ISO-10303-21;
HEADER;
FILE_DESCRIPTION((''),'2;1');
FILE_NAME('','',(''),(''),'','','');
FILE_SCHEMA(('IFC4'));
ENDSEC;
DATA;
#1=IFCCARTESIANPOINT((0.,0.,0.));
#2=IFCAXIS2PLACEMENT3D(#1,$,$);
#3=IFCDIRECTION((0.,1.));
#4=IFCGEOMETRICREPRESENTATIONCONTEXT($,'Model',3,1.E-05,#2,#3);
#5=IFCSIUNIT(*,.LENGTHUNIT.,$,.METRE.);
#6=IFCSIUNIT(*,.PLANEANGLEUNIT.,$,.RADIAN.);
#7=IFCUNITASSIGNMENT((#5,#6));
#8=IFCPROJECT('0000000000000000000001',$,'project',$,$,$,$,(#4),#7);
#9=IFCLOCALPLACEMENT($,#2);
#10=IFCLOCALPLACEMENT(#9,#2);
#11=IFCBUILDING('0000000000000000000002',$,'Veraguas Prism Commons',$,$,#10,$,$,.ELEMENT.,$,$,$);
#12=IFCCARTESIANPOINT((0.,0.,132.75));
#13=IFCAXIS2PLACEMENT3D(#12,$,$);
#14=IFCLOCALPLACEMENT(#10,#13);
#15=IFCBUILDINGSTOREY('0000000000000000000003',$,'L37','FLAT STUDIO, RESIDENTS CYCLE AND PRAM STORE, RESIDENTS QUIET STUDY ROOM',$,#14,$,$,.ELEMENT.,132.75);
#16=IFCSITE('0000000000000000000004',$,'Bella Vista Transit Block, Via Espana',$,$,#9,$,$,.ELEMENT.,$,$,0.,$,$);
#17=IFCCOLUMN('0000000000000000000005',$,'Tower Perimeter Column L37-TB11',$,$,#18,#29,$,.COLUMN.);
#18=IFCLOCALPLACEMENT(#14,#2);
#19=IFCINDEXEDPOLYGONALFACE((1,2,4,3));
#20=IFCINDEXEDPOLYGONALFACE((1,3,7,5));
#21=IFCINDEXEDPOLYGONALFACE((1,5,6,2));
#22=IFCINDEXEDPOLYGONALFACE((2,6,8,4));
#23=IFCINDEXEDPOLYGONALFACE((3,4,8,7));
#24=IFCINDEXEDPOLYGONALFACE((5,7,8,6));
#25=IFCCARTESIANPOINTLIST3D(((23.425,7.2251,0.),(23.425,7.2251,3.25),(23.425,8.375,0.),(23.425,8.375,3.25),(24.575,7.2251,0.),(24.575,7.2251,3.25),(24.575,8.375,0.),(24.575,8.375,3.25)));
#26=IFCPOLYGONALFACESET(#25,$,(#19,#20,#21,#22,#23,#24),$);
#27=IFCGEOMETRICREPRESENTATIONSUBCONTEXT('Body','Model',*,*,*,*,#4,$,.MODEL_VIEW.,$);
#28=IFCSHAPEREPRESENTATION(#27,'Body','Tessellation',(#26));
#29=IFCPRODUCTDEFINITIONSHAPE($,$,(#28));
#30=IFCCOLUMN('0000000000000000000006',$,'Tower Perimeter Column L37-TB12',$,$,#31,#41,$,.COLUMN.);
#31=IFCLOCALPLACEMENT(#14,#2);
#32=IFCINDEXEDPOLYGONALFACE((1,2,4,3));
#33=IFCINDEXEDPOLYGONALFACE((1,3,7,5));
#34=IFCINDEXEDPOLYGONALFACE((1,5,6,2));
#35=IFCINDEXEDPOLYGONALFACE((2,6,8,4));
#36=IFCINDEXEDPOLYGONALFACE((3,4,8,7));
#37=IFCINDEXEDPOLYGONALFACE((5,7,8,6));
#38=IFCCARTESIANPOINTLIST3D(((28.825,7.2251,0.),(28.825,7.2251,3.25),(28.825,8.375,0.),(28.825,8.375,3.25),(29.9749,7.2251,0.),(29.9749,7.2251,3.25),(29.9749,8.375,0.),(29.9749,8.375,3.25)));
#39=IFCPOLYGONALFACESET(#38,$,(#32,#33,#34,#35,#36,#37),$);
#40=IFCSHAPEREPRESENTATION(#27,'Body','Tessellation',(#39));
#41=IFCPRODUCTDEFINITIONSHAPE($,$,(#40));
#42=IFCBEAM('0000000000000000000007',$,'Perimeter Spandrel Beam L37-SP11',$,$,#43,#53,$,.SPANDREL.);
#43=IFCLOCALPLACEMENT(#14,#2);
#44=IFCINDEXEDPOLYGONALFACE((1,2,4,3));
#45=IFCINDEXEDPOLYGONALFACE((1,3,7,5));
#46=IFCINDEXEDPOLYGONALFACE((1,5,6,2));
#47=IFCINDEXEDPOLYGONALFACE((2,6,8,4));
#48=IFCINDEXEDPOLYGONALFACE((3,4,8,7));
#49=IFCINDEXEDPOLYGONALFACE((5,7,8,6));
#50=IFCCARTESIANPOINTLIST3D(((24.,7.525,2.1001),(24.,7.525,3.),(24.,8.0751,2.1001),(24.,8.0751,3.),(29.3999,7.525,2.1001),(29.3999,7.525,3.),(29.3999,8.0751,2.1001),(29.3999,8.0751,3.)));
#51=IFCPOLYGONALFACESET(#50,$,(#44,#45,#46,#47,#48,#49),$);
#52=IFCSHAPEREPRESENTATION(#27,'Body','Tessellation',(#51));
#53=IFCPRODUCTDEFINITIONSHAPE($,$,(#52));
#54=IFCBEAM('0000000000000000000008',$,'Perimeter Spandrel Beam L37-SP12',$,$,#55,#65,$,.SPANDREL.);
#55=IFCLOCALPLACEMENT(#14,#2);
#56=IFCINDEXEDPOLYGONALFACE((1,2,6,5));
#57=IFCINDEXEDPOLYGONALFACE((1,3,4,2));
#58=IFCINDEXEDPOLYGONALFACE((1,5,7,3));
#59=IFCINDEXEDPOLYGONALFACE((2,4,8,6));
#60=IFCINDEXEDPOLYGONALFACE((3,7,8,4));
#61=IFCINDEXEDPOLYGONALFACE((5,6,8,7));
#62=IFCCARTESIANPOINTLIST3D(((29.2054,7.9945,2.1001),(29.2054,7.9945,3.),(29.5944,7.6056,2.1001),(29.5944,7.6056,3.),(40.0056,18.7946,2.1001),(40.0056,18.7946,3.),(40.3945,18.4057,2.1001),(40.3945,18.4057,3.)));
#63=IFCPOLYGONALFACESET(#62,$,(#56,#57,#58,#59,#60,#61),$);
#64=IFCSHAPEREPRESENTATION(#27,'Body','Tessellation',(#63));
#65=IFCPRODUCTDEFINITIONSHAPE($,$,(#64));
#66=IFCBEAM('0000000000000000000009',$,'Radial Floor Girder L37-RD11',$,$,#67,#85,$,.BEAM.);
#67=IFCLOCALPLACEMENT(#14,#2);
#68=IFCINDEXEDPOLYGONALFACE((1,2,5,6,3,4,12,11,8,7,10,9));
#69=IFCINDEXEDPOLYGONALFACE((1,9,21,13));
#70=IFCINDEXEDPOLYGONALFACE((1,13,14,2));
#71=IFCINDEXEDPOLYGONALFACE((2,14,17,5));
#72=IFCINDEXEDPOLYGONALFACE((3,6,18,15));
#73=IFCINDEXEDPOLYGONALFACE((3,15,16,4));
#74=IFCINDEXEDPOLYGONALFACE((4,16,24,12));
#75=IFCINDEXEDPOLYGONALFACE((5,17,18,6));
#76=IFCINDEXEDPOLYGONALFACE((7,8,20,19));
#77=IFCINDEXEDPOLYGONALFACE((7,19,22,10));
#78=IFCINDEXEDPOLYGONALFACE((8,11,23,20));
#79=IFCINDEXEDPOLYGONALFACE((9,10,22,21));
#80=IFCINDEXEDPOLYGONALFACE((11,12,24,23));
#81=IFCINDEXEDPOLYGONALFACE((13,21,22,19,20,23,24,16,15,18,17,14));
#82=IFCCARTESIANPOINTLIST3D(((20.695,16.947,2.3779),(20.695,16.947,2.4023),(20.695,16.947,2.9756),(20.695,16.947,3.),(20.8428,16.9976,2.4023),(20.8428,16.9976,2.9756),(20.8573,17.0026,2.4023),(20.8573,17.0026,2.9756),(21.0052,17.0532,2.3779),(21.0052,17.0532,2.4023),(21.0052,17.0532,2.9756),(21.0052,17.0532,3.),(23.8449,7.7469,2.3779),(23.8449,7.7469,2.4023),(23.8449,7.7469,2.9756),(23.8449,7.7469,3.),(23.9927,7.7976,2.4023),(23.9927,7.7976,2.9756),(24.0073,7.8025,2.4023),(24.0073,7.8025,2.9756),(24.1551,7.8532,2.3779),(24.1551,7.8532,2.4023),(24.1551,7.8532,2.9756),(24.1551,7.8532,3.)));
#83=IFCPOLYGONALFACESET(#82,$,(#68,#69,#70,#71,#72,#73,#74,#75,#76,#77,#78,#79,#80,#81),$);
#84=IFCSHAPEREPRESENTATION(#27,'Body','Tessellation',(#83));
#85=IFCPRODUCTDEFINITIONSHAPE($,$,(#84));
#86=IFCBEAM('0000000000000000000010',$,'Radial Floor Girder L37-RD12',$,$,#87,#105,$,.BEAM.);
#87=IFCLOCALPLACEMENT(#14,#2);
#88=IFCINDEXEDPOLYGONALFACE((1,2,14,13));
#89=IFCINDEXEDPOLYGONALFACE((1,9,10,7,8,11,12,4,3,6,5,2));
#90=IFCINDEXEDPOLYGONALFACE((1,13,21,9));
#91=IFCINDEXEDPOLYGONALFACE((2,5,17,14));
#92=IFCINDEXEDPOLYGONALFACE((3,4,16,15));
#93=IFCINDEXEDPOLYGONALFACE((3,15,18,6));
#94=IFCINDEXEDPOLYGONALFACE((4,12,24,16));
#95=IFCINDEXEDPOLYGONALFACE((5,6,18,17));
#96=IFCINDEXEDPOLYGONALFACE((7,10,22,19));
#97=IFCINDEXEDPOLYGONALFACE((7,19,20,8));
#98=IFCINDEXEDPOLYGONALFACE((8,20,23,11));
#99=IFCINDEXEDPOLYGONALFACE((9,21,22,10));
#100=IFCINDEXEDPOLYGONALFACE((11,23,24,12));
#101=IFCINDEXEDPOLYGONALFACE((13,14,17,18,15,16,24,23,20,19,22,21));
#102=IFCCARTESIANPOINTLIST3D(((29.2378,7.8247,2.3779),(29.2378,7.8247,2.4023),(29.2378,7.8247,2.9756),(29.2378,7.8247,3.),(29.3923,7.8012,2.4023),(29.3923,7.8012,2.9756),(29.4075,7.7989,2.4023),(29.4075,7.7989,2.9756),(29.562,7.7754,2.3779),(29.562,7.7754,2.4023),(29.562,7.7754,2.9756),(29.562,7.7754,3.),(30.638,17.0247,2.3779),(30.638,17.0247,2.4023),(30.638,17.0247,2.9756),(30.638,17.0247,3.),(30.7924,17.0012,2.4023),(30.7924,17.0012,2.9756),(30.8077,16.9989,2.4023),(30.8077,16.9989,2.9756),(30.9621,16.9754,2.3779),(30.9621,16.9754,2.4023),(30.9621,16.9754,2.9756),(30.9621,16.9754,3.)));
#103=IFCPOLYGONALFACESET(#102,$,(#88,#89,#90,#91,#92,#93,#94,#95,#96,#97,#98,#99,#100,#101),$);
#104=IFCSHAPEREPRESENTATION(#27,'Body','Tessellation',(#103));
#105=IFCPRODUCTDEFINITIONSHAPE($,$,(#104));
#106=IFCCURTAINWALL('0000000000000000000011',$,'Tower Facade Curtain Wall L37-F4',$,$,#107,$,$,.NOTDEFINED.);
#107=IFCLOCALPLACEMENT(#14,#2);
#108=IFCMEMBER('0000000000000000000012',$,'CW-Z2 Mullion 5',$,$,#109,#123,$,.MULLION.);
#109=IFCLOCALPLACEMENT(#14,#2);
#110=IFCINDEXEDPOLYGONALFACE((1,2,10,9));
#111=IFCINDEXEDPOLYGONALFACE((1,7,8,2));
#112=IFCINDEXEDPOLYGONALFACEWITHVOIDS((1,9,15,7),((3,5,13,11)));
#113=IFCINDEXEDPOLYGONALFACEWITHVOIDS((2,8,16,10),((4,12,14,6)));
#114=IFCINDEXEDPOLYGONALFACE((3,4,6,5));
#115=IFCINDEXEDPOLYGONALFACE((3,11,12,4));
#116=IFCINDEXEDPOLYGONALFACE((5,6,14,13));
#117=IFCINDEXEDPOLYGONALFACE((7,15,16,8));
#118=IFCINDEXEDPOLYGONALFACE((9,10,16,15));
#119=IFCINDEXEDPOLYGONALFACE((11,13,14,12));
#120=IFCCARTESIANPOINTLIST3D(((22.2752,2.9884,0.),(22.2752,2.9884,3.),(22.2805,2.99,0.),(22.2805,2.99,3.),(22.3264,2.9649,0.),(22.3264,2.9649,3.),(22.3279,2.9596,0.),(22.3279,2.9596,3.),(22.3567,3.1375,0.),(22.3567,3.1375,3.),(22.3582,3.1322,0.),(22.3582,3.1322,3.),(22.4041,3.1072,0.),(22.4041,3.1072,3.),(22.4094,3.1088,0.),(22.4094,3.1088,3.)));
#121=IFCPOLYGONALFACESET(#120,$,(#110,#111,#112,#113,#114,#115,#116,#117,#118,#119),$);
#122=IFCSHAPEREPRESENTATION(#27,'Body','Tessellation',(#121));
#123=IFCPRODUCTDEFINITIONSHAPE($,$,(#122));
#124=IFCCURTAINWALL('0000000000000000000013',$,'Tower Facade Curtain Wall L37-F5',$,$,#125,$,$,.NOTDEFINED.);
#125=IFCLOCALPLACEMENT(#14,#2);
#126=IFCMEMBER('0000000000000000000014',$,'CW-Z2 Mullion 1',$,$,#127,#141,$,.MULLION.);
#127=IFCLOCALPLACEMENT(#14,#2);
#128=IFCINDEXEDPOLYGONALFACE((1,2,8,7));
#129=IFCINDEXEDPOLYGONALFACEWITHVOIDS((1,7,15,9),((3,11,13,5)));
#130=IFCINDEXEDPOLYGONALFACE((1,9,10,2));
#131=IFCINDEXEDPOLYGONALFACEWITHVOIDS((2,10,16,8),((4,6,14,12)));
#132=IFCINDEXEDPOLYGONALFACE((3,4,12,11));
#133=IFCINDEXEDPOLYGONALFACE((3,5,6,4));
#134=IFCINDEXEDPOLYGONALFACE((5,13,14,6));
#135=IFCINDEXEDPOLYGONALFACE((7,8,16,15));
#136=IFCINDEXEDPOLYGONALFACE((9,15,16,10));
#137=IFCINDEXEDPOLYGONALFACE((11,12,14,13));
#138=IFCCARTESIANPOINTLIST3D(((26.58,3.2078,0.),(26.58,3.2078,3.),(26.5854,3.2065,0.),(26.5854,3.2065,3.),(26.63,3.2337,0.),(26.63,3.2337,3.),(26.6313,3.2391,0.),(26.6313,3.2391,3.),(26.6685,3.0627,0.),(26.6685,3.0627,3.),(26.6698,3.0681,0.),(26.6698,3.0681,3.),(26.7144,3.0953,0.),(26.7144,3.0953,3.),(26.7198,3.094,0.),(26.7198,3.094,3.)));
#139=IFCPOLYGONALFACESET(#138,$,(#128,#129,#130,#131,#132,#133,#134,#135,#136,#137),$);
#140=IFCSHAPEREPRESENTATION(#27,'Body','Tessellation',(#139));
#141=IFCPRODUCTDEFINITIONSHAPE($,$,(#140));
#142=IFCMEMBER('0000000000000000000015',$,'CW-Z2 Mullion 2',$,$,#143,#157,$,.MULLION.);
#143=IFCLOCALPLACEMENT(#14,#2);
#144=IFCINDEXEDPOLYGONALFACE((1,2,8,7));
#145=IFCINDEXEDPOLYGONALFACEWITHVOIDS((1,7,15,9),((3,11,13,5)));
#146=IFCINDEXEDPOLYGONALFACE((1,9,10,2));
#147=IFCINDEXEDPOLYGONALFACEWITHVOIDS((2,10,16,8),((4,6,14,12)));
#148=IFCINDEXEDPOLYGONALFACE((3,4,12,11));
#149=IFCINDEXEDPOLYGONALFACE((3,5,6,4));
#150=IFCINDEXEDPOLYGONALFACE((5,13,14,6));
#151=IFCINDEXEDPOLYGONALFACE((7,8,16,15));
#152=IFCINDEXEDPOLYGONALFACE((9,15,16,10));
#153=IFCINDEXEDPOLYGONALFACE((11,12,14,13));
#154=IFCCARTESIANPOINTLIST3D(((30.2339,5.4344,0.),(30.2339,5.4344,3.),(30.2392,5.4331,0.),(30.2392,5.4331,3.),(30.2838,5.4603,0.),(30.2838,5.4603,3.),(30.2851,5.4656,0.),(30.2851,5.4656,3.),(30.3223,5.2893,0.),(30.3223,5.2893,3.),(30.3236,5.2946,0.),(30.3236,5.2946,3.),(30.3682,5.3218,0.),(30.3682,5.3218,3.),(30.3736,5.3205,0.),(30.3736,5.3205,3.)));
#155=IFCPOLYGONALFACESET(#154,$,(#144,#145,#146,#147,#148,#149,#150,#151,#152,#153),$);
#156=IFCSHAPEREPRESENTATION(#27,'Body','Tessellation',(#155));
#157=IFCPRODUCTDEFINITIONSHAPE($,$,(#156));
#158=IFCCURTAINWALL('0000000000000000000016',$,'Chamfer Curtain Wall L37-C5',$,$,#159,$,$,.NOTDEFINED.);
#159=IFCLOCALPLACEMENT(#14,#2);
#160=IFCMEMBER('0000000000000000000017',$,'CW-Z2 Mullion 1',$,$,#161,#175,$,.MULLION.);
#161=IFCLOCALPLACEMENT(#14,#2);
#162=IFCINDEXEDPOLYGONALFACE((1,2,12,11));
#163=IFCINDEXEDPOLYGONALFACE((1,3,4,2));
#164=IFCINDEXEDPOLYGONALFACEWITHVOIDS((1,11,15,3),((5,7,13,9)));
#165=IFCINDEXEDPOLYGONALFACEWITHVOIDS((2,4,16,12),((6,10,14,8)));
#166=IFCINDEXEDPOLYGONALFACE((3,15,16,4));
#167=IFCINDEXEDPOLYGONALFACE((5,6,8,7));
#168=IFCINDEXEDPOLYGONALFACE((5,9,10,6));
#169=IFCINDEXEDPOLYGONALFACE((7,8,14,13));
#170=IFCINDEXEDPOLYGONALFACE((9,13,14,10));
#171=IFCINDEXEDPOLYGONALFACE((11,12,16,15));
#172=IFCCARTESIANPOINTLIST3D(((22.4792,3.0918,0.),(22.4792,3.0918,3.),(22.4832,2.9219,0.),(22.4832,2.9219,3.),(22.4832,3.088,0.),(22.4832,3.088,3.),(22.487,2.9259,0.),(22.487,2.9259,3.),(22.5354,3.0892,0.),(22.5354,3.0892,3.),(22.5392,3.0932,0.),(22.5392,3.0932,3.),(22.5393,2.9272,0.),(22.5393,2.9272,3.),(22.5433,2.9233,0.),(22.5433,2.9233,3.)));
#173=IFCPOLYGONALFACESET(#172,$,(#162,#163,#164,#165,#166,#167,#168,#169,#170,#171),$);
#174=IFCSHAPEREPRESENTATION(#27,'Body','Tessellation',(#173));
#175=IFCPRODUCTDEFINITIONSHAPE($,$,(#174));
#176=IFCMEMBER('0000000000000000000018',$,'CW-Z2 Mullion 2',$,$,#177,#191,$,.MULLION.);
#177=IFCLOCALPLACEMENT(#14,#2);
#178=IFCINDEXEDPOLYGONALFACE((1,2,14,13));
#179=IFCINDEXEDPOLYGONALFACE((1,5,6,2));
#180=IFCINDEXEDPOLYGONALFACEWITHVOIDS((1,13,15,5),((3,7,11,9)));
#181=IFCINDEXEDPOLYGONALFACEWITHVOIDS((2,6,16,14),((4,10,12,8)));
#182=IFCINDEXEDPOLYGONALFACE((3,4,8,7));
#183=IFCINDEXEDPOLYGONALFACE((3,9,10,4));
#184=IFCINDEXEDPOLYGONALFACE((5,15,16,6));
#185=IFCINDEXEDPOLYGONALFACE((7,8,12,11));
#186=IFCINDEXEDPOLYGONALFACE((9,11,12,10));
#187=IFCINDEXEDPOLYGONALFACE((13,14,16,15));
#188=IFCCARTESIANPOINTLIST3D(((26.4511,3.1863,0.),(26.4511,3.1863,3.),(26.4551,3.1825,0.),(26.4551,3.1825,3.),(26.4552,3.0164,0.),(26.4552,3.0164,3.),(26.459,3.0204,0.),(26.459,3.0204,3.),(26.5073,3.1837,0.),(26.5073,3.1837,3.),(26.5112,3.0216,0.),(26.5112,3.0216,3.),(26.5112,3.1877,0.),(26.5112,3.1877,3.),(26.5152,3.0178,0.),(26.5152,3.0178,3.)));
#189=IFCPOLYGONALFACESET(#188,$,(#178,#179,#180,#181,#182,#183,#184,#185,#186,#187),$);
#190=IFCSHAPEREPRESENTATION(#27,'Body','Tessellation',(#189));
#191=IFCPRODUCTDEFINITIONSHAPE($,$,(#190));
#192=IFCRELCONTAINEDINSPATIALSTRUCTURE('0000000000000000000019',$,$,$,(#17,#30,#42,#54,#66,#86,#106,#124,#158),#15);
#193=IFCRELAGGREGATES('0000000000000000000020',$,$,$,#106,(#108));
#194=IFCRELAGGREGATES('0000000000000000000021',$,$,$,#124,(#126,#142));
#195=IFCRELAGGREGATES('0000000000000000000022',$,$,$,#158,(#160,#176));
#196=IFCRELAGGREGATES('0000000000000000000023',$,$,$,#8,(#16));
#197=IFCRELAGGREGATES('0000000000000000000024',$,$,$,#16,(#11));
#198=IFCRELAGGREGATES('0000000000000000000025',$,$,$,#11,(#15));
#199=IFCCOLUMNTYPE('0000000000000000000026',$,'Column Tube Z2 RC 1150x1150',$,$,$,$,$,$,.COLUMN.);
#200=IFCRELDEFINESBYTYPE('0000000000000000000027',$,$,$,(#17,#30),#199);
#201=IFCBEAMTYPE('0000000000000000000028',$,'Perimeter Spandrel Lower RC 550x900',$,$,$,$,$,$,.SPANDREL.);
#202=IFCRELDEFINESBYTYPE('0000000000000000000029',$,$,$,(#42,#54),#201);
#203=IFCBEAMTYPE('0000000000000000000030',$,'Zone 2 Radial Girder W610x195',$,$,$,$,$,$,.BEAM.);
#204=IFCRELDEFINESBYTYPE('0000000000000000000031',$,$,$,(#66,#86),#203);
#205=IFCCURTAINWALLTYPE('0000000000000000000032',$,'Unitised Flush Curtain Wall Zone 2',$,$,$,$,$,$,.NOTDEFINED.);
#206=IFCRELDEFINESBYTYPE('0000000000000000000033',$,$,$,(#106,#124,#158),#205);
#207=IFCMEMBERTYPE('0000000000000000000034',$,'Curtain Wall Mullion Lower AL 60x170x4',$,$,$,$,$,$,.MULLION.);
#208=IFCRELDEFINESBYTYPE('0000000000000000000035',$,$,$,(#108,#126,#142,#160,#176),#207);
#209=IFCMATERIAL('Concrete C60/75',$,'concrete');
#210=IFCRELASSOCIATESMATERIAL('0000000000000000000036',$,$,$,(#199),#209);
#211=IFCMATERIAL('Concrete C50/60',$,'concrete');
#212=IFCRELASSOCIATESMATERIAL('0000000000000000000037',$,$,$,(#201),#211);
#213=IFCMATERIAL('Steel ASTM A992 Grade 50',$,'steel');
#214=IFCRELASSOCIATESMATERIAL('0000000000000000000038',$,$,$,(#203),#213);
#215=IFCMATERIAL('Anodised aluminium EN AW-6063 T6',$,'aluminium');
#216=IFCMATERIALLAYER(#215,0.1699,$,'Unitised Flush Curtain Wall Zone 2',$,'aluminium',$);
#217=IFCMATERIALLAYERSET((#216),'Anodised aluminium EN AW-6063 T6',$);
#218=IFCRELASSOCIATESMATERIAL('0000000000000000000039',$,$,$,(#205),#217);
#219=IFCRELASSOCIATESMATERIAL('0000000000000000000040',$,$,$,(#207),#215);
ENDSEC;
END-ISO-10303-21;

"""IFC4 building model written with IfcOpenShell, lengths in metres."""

from ifc_helpers import new_model, si_unit, direction, frame, origin, origin_2d, place, context, subcontext, project, spatial, rectangle, hollow_rectangle, i_section, extrude, source, transform, mapped, material, layer, layer_set, material_profile, profile_set, type_object, element, aggregate, save


model = new_model("IFC4")

# Units and contexts
model_context = context("Model", 3, precision=1e-05, world=origin(), true_north=direction((0.0, 1.0)))
body_context = subcontext(model_context, "Body", "Model", "MODEL_VIEW")
ifc_project = project(units=[si_unit("LENGTHUNIT", "METRE"), si_unit("PLANEANGLEUNIT", "RADIAN")], contexts=[model_context])

# Site, building, storey
site_placement = place(None, origin())
site = spatial("IfcSite", under=ifc_project, at=site_placement, Name="Bella Vista Transit Block, Via Espana", CompositionType="ELEMENT", RefElevation=0.0)
building_placement = place(site_placement, origin())
building = spatial("IfcBuilding", under=site, at=building_placement, Name="Veraguas Prism Commons", CompositionType="ELEMENT")
storey_placement = place(building_placement, frame((0.0, 0.0, 132.75)))
storey = spatial("IfcBuildingStorey", under=building, at=storey_placement, Name="L37", Description="FLAT STUDIO, RESIDENTS CYCLE AND PRAM STORE, RESIDENTS QUIET STUDY ROOM", CompositionType="ELEMENT", Elevation=132.75)

# Columns
ifc_material_1 = material(Name="Concrete C60/75", Category="concrete")
ifc_material_profile_1 = material_profile(ifc_material_1, rectangle(XDim=1.1499, YDim=1.1499, at=origin_2d()), Name="RC1150X1150")
ifc_profile_set_1 = profile_set([ifc_material_profile_1], Name="Concrete C60/75")
column_type = type_object("IfcColumnType", Name="Column Tube Z2 RC 1150x1150", PredefinedType="COLUMN", material=ifc_profile_set_1)
for number, where, z_axis, x_axis, name in (
    (1, (24.0, 7.8, 0.0), (0.0, 0.0, 1.0), (1.0, 0.0, 0.0), "Tower Perimeter Column L37-TB11"),
    (2, (29.3999, 7.8, 0.0), (0.0, 0.0, 1.0), (1.0, 0.0, 0.0), "Tower Perimeter Column L37-TB12"),
):
    element("IfcColumn", number, at=place(storey_placement, frame(where, z_axis=z_axis, x_axis=x_axis)), inside=storey, type_object=column_type, Name=name, PredefinedType="COLUMN", context=body_context, shape_type="SweptSolid", body=[
        extrude(rectangle(XDim=1.1499, YDim=1.1499, at=origin_2d()), origin(), (0.0, 0.0, 1.0), 3.25),
    ])

# Beams
ifc_material_2 = material(Name="Concrete C50/60", Category="concrete")
ifc_material_profile_2 = material_profile(ifc_material_2, rectangle(XDim=0.55, YDim=0.8999, at=origin_2d()), Name="RC550X900")
ifc_profile_set_2 = profile_set([ifc_material_profile_2], Name="Concrete C50/60")
beam_type_1 = type_object("IfcBeamType", Name="Perimeter Spandrel Lower RC 550x900", PredefinedType="SPANDREL", material=ifc_profile_set_2)
beam_1_placement = place(storey_placement, frame((24.0, 7.8, 2.55), z_axis=(1.0, 0.0, 0.0), x_axis=(0.0, 1.0, 0.0)))
element("IfcBeam", 3, at=beam_1_placement, inside=storey, type_object=beam_type_1, Name="Perimeter Spandrel Beam L37-SP11", PredefinedType="SPANDREL", context=body_context, shape_type="SweptSolid", body=[
    extrude(rectangle(XDim=0.55, YDim=0.8999, at=origin_2d()), origin(), (0.0, 0.0, 1.0), 5.3999),
])
beam_2_placement = place(storey_placement, frame((29.3999, 7.8, 2.55), z_axis=(0.707107, 0.707107, 0.0), x_axis=(-0.707107, 0.707107, 0.0)))
element("IfcBeam", 4, at=beam_2_placement, inside=storey, type_object=beam_type_1, Name="Perimeter Spandrel Beam L37-SP12", PredefinedType="SPANDREL", context=body_context, shape_type="SweptSolid", body=[
    extrude(rectangle(XDim=0.55, YDim=0.8999, at=origin_2d()), origin(), (0.0, 0.0, 1.0), 15.2737),
])
ifc_material_3 = material(Name="Steel ASTM A992 Grade 50", Category="steel")
ifc_material_profile_3 = material_profile(ifc_material_3, i_section(OverallWidth=0.3279, OverallDepth=0.6221, WebThickness=0.0154, FlangeThickness=0.0244, at=origin_2d()), Name="W610X195")
ifc_profile_set_3 = profile_set([ifc_material_profile_3], Name="Steel ASTM A992 Grade 50")
beam_type_2 = type_object("IfcBeamType", Name="Zone 2 Radial Girder W610x195", PredefinedType="BEAM", material=ifc_profile_set_3)
beam_3_placement = place(storey_placement, frame((24.0, 7.8, 2.689), z_axis=(-0.323922, 0.946084, 0.0), x_axis=(-0.946084, -0.323922, 0.0)))
element("IfcBeam", 5, at=beam_3_placement, inside=storey, type_object=beam_type_2, Name="Radial Floor Girder L37-RD11", PredefinedType="BEAM", context=body_context, shape_type="SweptSolid", body=[
    extrude(i_section(OverallWidth=0.3279, OverallDepth=0.6221, WebThickness=0.0154, FlangeThickness=0.0244, at=origin_2d()), origin(), (0.0, 0.0, 1.0), 9.7244),
])
beam_4_placement = place(storey_placement, frame((29.3999, 7.8, 2.689), z_axis=(0.150458, 0.988616, 0.0), x_axis=(-0.988616, 0.150458, 0.0)))
element("IfcBeam", 6, at=beam_4_placement, inside=storey, type_object=beam_type_2, Name="Radial Floor Girder L37-RD12", PredefinedType="BEAM", context=body_context, shape_type="SweptSolid", body=[
    extrude(i_section(OverallWidth=0.3279, OverallDepth=0.6221, WebThickness=0.0154, FlangeThickness=0.0244, at=origin_2d()), origin(), (0.0, 0.0, 1.0), 9.3059),
])

# Curtain wall, member
ifc_material_4 = material(Name="Anodised aluminium EN AW-6063 T6", Category="aluminium")
ifc_layer_1 = layer(ifc_material_4, 0.1699, Name="Unitised Flush Curtain Wall Zone 2", Category="aluminium")
ifc_layer_set_1 = layer_set([ifc_layer_1], Name="Anodised aluminium EN AW-6063 T6")
curtain_wall_type = type_object("IfcCurtainWallType", Name="Unitised Flush Curtain Wall Zone 2", PredefinedType="NOTDEFINED", material=ifc_layer_set_1)
curtain_wall_1_placement = place(storey_placement, origin())
curtain_wall_1 = element("IfcCurtainWall", 7, at=curtain_wall_1_placement, inside=storey, type_object=curtain_wall_type, Name="Tower Facade Curtain Wall L37-F4", PredefinedType="NOTDEFINED")
ifc_material_profile_4 = material_profile(ifc_material_4, hollow_rectangle(XDim=0.0601, YDim=0.1699, WallThickness=0.0039, at=origin_2d()), Name="AL60X170X4")
ifc_profile_set_4 = profile_set([ifc_material_profile_4], Name="Anodised aluminium EN AW-6063 T6")
member_type_1 = type_object("IfcMemberType", Name="Curtain Wall Mullion Lower AL 60x170x4", PredefinedType="MULLION", material=ifc_profile_set_4)
shared_shape_1 = source(origin(), body_context, "Body", "SweptSolid", [
    extrude(hollow_rectangle(XDim=0.0601, YDim=0.1699, WallThickness=0.0039, at=origin_2d()), origin(), (0.0, 0.0, 1.0), 3.0),
])
member_1_placement = place(storey_placement, frame((22.3423, 3.0486, 0.0), z_axis=(0.0, 0.0, 1.0), x_axis=(0.877649, -0.479305, 0.0)))
member_1 = element("IfcMember", 8, at=member_1_placement, type_object=member_type_1, Name="CW-Z2 Mullion 5", PredefinedType="MULLION", context=body_context, shape_type="MappedRepresentation", body=[
    mapped(shared_shape_1, transform((0.0, 0.0, 0.0), scale=1.0)),
])
aggregate(curtain_wall_1, [member_1])

# Curtain walls, members
curtain_wall_2_placement = place(storey_placement, origin())
curtain_wall_2 = element("IfcCurtainWall", 9, at=curtain_wall_2_placement, inside=storey, type_object=curtain_wall_type, Name="Tower Facade Curtain Wall L37-F5", PredefinedType="NOTDEFINED")
member_2_placement = place(storey_placement, frame((26.6499, 3.1509, 0.0), z_axis=(0.0, 0.0, 1.0), x_axis=(0.853916, 0.520411, 0.0)))
member_2 = element("IfcMember", 10, at=member_2_placement, type_object=member_type_1, Name="CW-Z2 Mullion 1", PredefinedType="MULLION", context=body_context, shape_type="MappedRepresentation", body=[
    mapped(shared_shape_1, transform((0.0, 0.0, 0.0), scale=1.0)),
])
member_3_placement = place(storey_placement, frame((30.3037, 5.3774, 0.0), z_axis=(0.0, 0.0, 1.0), x_axis=(0.853916, 0.520411, 0.0)))
member_3 = element("IfcMember", 11, at=member_3_placement, type_object=member_type_1, Name="CW-Z2 Mullion 2", PredefinedType="MULLION", context=body_context, shape_type="MappedRepresentation", body=[
    mapped(shared_shape_1, transform((0.0, 0.0, 0.0), scale=1.0)),
])
curtain_wall_3_placement = place(storey_placement, origin())
curtain_wall_3 = element("IfcCurtainWall", 12, at=curtain_wall_3_placement, inside=storey, type_object=curtain_wall_type, Name="Chamfer Curtain Wall L37-C5", PredefinedType="NOTDEFINED")
member_4_placement = place(storey_placement, frame((22.5112, 3.0076, 0.0), z_axis=(0.0, 0.0, 1.0), x_axis=(0.999718, 0.023753, 0.0)))
member_4 = element("IfcMember", 13, at=member_4_placement, type_object=member_type_1, Name="CW-Z2 Mullion 1", PredefinedType="MULLION", context=body_context, shape_type="MappedRepresentation", body=[
    mapped(shared_shape_1, transform((0.0, 0.0, 0.0), scale=1.0)),
])
member_5_placement = place(storey_placement, frame((26.4832, 3.1021, 0.0), z_axis=(0.0, 0.0, 1.0), x_axis=(0.999718, 0.023753, 0.0)))
member_5 = element("IfcMember", 14, at=member_5_placement, type_object=member_type_1, Name="CW-Z2 Mullion 2", PredefinedType="MULLION", context=body_context, shape_type="MappedRepresentation", body=[
    mapped(shared_shape_1, transform((0.0, 0.0, 0.0), scale=1.0)),
])

aggregate(curtain_wall_2, [member_2, member_3])
aggregate(curtain_wall_3, [member_4, member_5])

save(model, "model.ifc")
